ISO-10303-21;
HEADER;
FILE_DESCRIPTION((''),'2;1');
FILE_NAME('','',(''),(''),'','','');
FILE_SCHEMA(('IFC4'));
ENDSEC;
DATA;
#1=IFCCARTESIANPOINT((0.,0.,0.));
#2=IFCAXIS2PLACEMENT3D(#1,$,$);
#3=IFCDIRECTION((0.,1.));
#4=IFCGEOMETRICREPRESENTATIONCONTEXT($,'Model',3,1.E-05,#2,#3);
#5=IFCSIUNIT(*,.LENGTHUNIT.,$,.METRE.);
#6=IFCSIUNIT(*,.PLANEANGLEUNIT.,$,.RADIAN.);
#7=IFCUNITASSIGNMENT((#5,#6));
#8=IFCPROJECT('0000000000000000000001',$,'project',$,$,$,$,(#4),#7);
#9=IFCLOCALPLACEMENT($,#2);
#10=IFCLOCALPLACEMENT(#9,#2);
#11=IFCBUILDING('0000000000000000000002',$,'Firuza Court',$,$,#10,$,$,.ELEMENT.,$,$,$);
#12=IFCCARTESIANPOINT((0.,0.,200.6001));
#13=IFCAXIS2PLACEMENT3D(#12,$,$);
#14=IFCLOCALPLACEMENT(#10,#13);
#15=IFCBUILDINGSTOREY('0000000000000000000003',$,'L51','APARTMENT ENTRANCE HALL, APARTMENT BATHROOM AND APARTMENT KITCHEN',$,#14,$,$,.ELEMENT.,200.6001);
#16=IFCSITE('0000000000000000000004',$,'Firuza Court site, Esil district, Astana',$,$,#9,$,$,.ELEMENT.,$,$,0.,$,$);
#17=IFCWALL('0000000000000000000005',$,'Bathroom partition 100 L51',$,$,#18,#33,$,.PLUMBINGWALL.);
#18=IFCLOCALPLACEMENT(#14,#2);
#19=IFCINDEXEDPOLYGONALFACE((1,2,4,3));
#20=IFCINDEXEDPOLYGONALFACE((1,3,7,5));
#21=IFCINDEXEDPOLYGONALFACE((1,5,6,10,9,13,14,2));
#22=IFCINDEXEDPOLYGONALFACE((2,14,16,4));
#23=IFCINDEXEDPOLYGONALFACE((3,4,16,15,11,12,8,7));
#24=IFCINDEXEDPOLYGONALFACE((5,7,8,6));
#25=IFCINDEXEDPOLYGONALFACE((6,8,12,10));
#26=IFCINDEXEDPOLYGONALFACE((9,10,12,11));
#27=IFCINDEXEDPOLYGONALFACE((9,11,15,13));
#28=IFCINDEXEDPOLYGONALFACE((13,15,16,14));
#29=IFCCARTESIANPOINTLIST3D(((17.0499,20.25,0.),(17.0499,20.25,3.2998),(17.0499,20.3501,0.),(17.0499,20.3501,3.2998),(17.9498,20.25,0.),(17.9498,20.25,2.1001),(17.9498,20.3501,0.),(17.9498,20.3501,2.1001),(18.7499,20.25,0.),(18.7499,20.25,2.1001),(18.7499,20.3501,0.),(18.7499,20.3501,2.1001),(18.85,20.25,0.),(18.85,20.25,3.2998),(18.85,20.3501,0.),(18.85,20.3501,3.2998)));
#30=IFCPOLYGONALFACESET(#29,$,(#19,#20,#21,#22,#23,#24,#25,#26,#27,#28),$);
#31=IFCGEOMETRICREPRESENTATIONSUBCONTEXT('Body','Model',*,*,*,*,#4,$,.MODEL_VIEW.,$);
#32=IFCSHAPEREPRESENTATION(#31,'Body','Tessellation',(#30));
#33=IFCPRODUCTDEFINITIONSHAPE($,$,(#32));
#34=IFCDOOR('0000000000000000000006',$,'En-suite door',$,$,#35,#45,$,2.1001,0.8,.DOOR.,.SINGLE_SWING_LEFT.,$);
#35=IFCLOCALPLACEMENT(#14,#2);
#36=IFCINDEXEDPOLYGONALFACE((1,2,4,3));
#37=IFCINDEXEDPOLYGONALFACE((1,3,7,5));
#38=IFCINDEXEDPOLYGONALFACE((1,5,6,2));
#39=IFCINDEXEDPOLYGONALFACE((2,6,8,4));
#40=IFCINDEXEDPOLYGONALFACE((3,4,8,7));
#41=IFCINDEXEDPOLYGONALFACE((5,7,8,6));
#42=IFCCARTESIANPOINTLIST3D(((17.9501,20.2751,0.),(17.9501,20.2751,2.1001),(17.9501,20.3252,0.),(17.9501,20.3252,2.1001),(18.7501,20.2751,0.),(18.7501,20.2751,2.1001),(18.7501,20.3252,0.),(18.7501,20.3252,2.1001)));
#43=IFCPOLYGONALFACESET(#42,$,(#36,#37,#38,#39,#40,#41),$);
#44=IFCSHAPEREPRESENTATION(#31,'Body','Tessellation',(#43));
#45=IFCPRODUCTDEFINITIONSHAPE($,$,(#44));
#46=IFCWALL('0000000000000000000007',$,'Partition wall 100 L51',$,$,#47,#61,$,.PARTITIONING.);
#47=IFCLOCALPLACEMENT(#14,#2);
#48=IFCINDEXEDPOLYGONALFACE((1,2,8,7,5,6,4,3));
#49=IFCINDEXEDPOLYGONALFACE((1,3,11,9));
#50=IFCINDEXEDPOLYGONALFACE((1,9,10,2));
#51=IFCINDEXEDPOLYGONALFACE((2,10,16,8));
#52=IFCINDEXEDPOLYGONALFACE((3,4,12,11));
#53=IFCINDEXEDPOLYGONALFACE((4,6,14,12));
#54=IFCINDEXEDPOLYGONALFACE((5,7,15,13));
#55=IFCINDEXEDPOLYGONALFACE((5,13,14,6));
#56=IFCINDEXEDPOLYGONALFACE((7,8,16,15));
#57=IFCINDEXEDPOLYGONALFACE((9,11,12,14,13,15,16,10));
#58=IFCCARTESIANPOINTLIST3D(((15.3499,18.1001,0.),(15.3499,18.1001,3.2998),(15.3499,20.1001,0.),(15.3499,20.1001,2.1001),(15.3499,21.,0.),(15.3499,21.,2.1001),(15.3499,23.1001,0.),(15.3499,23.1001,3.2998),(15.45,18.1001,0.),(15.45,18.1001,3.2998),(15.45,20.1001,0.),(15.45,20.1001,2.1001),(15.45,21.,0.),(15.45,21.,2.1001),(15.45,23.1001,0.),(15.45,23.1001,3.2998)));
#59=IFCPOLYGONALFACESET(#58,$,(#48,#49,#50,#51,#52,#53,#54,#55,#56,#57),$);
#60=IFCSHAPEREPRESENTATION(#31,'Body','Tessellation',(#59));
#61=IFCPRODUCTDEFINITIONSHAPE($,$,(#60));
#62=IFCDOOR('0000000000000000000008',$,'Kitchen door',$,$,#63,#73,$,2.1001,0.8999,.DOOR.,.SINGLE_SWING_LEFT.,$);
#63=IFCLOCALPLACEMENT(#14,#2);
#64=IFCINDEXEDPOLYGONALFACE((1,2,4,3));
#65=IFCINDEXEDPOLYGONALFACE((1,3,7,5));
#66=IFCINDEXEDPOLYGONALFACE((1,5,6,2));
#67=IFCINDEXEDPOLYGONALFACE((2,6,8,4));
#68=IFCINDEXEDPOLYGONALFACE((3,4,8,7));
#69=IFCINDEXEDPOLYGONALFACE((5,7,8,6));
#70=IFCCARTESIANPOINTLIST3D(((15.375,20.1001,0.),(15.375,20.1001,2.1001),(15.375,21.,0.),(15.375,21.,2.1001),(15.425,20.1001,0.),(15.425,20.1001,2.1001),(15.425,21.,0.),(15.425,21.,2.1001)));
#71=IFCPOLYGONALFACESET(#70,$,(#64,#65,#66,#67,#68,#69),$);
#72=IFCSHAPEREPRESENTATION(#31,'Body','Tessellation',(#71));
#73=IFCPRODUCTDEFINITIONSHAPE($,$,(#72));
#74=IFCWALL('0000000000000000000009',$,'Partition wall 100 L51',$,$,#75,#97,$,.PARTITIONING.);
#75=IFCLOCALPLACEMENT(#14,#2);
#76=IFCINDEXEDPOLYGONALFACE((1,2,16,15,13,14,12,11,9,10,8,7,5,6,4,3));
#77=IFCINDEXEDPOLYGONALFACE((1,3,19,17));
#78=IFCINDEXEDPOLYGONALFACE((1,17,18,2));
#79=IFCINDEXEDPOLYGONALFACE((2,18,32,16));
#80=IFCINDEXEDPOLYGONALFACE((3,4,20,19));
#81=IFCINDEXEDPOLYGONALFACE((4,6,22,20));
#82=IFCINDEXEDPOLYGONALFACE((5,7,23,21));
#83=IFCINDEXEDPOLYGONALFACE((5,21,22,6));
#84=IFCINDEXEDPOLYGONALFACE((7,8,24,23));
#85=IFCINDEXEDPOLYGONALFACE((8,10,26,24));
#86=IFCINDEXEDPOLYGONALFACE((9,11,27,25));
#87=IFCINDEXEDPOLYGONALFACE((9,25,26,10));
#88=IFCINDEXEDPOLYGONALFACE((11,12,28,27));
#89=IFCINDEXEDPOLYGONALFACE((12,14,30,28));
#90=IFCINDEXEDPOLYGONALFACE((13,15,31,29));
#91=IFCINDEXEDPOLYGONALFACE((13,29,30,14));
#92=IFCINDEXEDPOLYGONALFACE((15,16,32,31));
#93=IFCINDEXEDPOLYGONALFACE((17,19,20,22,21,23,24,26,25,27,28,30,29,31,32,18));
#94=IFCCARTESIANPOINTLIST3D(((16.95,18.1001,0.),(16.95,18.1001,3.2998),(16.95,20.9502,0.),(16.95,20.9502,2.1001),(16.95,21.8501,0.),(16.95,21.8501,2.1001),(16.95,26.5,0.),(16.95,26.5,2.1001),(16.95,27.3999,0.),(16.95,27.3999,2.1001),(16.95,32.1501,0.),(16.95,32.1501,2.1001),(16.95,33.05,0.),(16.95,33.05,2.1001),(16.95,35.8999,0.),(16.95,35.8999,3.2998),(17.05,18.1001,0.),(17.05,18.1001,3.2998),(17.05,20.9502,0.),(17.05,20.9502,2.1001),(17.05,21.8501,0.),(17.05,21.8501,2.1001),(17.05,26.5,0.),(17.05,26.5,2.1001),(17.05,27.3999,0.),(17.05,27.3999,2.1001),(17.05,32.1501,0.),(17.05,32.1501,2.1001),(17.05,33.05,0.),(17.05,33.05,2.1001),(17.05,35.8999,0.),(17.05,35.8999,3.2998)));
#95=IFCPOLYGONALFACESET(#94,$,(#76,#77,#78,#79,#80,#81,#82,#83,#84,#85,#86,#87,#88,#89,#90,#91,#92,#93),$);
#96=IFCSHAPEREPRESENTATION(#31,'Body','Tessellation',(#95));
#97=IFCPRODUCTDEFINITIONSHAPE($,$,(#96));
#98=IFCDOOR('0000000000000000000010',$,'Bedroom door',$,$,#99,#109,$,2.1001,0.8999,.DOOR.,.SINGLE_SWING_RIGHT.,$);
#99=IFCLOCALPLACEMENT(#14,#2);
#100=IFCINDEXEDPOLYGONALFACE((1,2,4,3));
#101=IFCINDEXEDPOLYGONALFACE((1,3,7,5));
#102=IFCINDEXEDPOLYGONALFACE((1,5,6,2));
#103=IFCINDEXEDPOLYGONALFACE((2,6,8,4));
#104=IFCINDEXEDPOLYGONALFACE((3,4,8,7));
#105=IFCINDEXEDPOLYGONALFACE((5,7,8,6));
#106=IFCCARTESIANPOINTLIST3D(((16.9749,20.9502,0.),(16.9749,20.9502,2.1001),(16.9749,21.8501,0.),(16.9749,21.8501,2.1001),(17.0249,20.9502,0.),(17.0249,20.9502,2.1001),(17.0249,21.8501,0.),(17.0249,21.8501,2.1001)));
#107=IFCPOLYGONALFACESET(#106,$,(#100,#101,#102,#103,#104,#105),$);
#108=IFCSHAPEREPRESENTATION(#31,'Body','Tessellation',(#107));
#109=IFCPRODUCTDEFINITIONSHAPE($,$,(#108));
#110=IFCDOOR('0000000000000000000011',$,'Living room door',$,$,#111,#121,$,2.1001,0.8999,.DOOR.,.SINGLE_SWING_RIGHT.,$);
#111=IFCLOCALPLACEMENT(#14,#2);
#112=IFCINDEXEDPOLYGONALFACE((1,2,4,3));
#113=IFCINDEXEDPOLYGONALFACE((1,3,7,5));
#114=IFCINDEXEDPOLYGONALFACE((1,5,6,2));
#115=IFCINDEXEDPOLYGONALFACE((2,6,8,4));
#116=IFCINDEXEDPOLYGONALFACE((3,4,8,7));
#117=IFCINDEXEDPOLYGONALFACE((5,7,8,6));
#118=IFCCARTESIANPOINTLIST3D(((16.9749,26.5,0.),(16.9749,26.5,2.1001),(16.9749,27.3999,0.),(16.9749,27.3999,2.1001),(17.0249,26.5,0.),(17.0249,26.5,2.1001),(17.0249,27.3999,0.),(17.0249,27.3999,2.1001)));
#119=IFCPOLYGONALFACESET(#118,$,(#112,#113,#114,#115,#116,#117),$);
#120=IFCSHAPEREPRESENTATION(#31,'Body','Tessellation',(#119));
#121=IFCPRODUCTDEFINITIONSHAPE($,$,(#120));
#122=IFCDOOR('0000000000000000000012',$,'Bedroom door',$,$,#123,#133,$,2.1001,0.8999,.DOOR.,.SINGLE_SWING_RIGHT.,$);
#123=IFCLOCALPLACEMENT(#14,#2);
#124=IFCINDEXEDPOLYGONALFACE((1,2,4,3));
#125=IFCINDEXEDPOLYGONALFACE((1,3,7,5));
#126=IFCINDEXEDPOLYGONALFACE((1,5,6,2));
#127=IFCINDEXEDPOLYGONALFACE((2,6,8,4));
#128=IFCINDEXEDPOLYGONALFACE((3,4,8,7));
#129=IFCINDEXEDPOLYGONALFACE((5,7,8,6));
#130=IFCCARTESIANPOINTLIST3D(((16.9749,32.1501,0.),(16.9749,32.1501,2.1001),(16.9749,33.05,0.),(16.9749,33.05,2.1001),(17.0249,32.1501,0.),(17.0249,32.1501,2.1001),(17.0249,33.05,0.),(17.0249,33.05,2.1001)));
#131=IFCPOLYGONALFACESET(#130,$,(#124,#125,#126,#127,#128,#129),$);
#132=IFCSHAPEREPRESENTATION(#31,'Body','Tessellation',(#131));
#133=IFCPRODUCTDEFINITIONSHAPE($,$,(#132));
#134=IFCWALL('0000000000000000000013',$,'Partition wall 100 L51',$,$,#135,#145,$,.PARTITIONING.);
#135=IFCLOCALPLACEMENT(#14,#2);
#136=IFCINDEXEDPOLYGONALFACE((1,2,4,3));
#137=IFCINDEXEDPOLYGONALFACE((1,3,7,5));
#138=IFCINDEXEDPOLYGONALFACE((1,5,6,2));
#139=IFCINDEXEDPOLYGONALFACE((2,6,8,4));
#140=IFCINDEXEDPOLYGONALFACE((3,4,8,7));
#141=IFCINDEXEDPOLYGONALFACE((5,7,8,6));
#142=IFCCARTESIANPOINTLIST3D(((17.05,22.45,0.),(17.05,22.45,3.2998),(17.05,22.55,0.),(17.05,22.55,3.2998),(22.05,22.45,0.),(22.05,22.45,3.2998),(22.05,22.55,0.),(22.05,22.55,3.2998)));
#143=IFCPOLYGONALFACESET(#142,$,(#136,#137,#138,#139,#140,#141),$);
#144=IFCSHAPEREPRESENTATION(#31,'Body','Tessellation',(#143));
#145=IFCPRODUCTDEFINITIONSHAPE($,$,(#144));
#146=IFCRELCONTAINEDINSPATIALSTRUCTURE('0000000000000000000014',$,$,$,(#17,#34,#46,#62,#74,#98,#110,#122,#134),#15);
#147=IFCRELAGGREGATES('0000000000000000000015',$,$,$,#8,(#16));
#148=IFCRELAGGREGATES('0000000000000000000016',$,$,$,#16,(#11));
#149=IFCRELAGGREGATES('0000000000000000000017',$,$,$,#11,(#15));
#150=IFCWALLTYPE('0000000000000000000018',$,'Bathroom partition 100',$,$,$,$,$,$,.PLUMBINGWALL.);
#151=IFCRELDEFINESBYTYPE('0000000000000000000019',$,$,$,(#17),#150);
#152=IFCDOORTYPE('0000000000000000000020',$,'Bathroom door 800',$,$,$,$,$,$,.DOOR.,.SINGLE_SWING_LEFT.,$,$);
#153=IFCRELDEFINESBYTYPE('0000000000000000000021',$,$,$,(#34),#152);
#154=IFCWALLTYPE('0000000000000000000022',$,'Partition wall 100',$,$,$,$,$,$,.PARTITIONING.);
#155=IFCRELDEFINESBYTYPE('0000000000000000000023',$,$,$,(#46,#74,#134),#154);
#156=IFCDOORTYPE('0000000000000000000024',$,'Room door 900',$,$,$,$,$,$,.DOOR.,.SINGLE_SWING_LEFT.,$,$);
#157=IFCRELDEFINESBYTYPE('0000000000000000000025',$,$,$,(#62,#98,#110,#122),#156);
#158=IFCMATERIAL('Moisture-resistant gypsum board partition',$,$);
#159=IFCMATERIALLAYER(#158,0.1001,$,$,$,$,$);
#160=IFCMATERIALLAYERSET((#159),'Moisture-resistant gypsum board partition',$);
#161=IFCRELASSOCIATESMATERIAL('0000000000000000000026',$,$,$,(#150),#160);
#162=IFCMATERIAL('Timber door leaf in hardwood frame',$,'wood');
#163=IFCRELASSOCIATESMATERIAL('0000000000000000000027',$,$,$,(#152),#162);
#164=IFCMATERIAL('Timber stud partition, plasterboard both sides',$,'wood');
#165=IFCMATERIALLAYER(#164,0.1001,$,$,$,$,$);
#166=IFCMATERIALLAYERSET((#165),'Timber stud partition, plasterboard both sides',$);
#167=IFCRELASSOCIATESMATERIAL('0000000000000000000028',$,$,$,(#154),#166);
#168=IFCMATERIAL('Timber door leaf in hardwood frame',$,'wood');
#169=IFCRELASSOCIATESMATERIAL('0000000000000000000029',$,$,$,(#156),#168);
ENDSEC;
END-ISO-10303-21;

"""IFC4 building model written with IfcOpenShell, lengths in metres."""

from ifc_helpers import new_model, si_unit, direction, frame, frame_2d, origin, place, context, subcontext, project, spatial, rectangle, extrude, material, layer, layer_set, type_object, element, fill, save


model = new_model("IFC4")

# Units and contexts
model_context = context("Model", 3, precision=1e-05, world=origin(), true_north=direction((0.0, 1.0)))
body_context = subcontext(model_context, "Body", "Model", "MODEL_VIEW")
ifc_project = project(units=[si_unit("LENGTHUNIT", "METRE"), si_unit("PLANEANGLEUNIT", "RADIAN")], contexts=[model_context])

# Site, building, storey
site_placement = place(None, origin())
site = spatial("IfcSite", under=ifc_project, at=site_placement, Name="Firuza Court site, Esil district, Astana", CompositionType="ELEMENT", RefElevation=0.0)
building_placement = place(site_placement, origin())
building = spatial("IfcBuilding", under=site, at=building_placement, Name="Firuza Court", CompositionType="ELEMENT")
storey_placement = place(building_placement, frame((0.0, 0.0, 200.6001)))
storey = spatial("IfcBuildingStorey", under=building, at=storey_placement, Name="L51", Description="APARTMENT ENTRANCE HALL, APARTMENT BATHROOM AND APARTMENT KITCHEN", CompositionType="ELEMENT", Elevation=200.6001)

# Walls, openings, doors
ifc_material_1 = material(Name="Moisture-resistant gypsum board partition")
ifc_layer_1 = layer(ifc_material_1, 0.1001)
ifc_layer_set_1 = layer_set([ifc_layer_1], Name="Moisture-resistant gypsum board partition")
wall_type_1 = type_object("IfcWallType", Name="Bathroom partition 100", PredefinedType="PLUMBINGWALL", material=ifc_layer_set_1)
wall_1_placement = place(storey_placement, frame((17.05, 20.3, 0.0), z_axis=(0.0, 0.0, 1.0), x_axis=(1.0, 0.0, 0.0)))
wall_1 = element("IfcWall", 1, at=wall_1_placement, inside=storey, type_object=wall_type_1, Name="Bathroom partition 100 L51", PredefinedType="PLUMBINGWALL", context=body_context, shape_type="SweptSolid", body=[
    extrude(rectangle(XDim=1.8, YDim=0.1001, at=frame_2d((0.8999, 0.0))), origin(), (0.0, 0.0, 1.0), 3.2998),
])
opening_1_placement = place(wall_1_placement, frame((0.8999, 0.0, 0.0)))
opening_1 = element("IfcOpeningElement", 2, at=opening_1_placement, cuts=wall_1, PredefinedType="OPENING", context=body_context, shape_type="SweptSolid", body=[
    extrude(rectangle(XDim=0.8, YDim=2.1001, at=frame_2d((0.3999, 1.05))), frame((0.0, 0.062, 0.0), z_axis=(0.0, -1.0, 0.0), x_axis=(1.0, 0.0, 0.0)), (0.0, 0.0, 1.0), 0.124),
])
ifc_material_2 = material(Name="Timber door leaf in hardwood frame", Category="wood")
door_type_1 = type_object("IfcDoorType", Name="Bathroom door 800", OperationType="SINGLE_SWING_LEFT", PredefinedType="DOOR", material=ifc_material_2)
door_1_placement = place(opening_1_placement, frame((0.8, 0.0, 0.0), z_axis=(0.0, 0.0, 1.0), x_axis=(-1.0, 0.0, 0.0)))
door_1 = element("IfcDoor", 3, at=door_1_placement, inside=storey, type_object=door_type_1, Name="En-suite door", OperationType="SINGLE_SWING_LEFT", OverallHeight=2.1001, OverallWidth=0.8, PredefinedType="DOOR", context=body_context, shape_type="SweptSolid", body=[
    extrude(rectangle(XDim=0.8, YDim=2.1001, at=frame_2d((0.3999, 1.05))), frame((0.0, 0.0249, 0.0), z_axis=(0.0, -1.0, 0.0), x_axis=(1.0, 0.0, 0.0)), (0.0, 0.0, 1.0), 0.05),
])
fill(opening_1, door_1)
ifc_material_3 = material(Name="Timber stud partition, plasterboard both sides", Category="wood")
ifc_layer_2 = layer(ifc_material_3, 0.1001)
ifc_layer_set_2 = layer_set([ifc_layer_2], Name="Timber stud partition, plasterboard both sides")
wall_type_2 = type_object("IfcWallType", Name="Partition wall 100", PredefinedType="PARTITIONING", material=ifc_layer_set_2)
wall_2_placement = place(storey_placement, frame((15.3999, 18.1001, 0.0), z_axis=(0.0, 0.0, 1.0), x_axis=(0.0, 1.0, 0.0)))
wall_2 = element("IfcWall", 4, at=wall_2_placement, inside=storey, type_object=wall_type_2, Name="Partition wall 100 L51", PredefinedType="PARTITIONING", context=body_context, shape_type="SweptSolid", body=[
    extrude(rectangle(XDim=5.0, YDim=0.1001, at=frame_2d((2.5, 0.0))), origin(), (0.0, 0.0, 1.0), 3.2998),
])
opening_2_placement = place(wall_2_placement, frame((2.0, 0.0, 0.0)))
opening_2 = element("IfcOpeningElement", 5, at=opening_2_placement, cuts=wall_2, PredefinedType="OPENING", context=body_context, shape_type="SweptSolid", body=[
    extrude(rectangle(XDim=0.8999, YDim=2.1001, at=frame_2d((0.45, 1.05))), frame((0.0, 0.062, 0.0), z_axis=(0.0, -1.0, 0.0), x_axis=(1.0, 0.0, 0.0)), (0.0, 0.0, 1.0), 0.124),
])
ifc_material_4 = material(Name="Timber door leaf in hardwood frame", Category="wood")
door_type_2 = type_object("IfcDoorType", Name="Room door 900", OperationType="SINGLE_SWING_LEFT", PredefinedType="DOOR", material=ifc_material_4)
door_2_placement = place(opening_2_placement, origin())
door_2 = element("IfcDoor", 6, at=door_2_placement, inside=storey, type_object=door_type_2, Name="Kitchen door", OperationType="SINGLE_SWING_LEFT", OverallHeight=2.1001, OverallWidth=0.8999, PredefinedType="DOOR", context=body_context, shape_type="SweptSolid", body=[
    extrude(rectangle(XDim=0.8999, YDim=2.1001, at=frame_2d((0.45, 1.05))), frame((0.0, 0.0249, 0.0), z_axis=(0.0, -1.0, 0.0), x_axis=(1.0, 0.0, 0.0)), (0.0, 0.0, 1.0), 0.05),
])
fill(opening_2, door_2)

# Wall, openings, doors
wall_3_placement = place(storey_placement, frame((17.0, 18.1001, 0.0), z_axis=(0.0, 0.0, 1.0), x_axis=(0.0, 1.0, 0.0)))
wall_3 = element("IfcWall", 7, at=wall_3_placement, inside=storey, type_object=wall_type_2, Name="Partition wall 100 L51", PredefinedType="PARTITIONING", context=body_context, shape_type="SweptSolid", body=[
    extrude(rectangle(XDim=17.7998, YDim=0.1001, at=frame_2d((8.8999, 0.0))), origin(), (0.0, 0.0, 1.0), 3.2998),
])
opening_3_placement = place(wall_3_placement, frame((2.8501, 0.0, 0.0)))
opening_3 = element("IfcOpeningElement", 8, at=opening_3_placement, cuts=wall_3, PredefinedType="OPENING", context=body_context, shape_type="SweptSolid", body=[
    extrude(rectangle(XDim=0.8999, YDim=2.1001, at=frame_2d((0.45, 1.05))), frame((0.0, 0.062, 0.0), z_axis=(0.0, -1.0, 0.0), x_axis=(1.0, 0.0, 0.0)), (0.0, 0.0, 1.0), 0.124),
])
opening_4_placement = place(wall_3_placement, frame((8.3999, 0.0, 0.0)))
opening_4 = element("IfcOpeningElement", 9, at=opening_4_placement, cuts=wall_3, PredefinedType="OPENING", context=body_context, shape_type="SweptSolid", body=[
    extrude(rectangle(XDim=0.8999, YDim=2.1001, at=frame_2d((0.45, 1.05))), frame((0.0, 0.062, 0.0), z_axis=(0.0, -1.0, 0.0), x_axis=(1.0, 0.0, 0.0)), (0.0, 0.0, 1.0), 0.124),
])
opening_5_placement = place(wall_3_placement, frame((14.05, 0.0, 0.0)))
opening_5 = element("IfcOpeningElement", 10, at=opening_5_placement, cuts=wall_3, PredefinedType="OPENING", context=body_context, shape_type="SweptSolid", body=[
    extrude(rectangle(XDim=0.8999, YDim=2.1001, at=frame_2d((0.45, 1.05))), frame((0.0, 0.062, 0.0), z_axis=(0.0, -1.0, 0.0), x_axis=(1.0, 0.0, 0.0)), (0.0, 0.0, 1.0), 0.124),
])
door_3_placement = place(opening_3_placement, frame((0.8999, 0.0, 0.0), z_axis=(0.0, 0.0, 1.0), x_axis=(-1.0, 0.0, 0.0)))
door_3 = element("IfcDoor", 11, at=door_3_placement, inside=storey, type_object=door_type_2, Name="Bedroom door", OperationType="SINGLE_SWING_RIGHT", OverallHeight=2.1001, OverallWidth=0.8999, PredefinedType="DOOR", context=body_context, shape_type="SweptSolid", body=[
    extrude(rectangle(XDim=0.8999, YDim=2.1001, at=frame_2d((0.45, 1.05))), frame((0.0, 0.0249, 0.0), z_axis=(0.0, -1.0, 0.0), x_axis=(1.0, 0.0, 0.0)), (0.0, 0.0, 1.0), 0.05),
])
fill(opening_3, door_3)
door_4_placement = place(opening_4_placement, frame((0.8999, 0.0, 0.0), z_axis=(0.0, 0.0, 1.0), x_axis=(-1.0, 0.0, 0.0)))
door_4 = element("IfcDoor", 12, at=door_4_placement, inside=storey, type_object=door_type_2, Name="Living room door", OperationType="SINGLE_SWING_RIGHT", OverallHeight=2.1001, OverallWidth=0.8999, PredefinedType="DOOR", context=body_context, shape_type="SweptSolid", body=[
    extrude(rectangle(XDim=0.8999, YDim=2.1001, at=frame_2d((0.45, 1.05))), frame((0.0, 0.0249, 0.0), z_axis=(0.0, -1.0, 0.0), x_axis=(1.0, 0.0, 0.0)), (0.0, 0.0, 1.0), 0.05),
])
fill(opening_4, door_4)
door_5_placement = place(opening_5_placement, frame((0.8999, 0.0, 0.0), z_axis=(0.0, 0.0, 1.0), x_axis=(-1.0, 0.0, 0.0)))
door_5 = element("IfcDoor", 13, at=door_5_placement, inside=storey, type_object=door_type_2, Name="Bedroom door", OperationType="SINGLE_SWING_RIGHT", OverallHeight=2.1001, OverallWidth=0.8999, PredefinedType="DOOR", context=body_context, shape_type="SweptSolid", body=[
    extrude(rectangle(XDim=0.8999, YDim=2.1001, at=frame_2d((0.45, 1.05))), frame((0.0, 0.0249, 0.0), z_axis=(0.0, -1.0, 0.0), x_axis=(1.0, 0.0, 0.0)), (0.0, 0.0, 1.0), 0.05),
])
fill(opening_5, door_5)

# Wall
wall_4_placement = place(storey_placement, frame((17.05, 22.5, 0.0), z_axis=(0.0, 0.0, 1.0), x_axis=(1.0, 0.0, 0.0)))
element("IfcWall", 14, at=wall_4_placement, inside=storey, type_object=wall_type_2, Name="Partition wall 100 L51", PredefinedType="PARTITIONING", context=body_context, shape_type="SweptSolid", body=[
    extrude(rectangle(XDim=5.0, YDim=0.1001, at=frame_2d((2.5, 0.0))), origin(), (0.0, 0.0, 1.0), 3.2998),
])

save(model, "model.ifc")
